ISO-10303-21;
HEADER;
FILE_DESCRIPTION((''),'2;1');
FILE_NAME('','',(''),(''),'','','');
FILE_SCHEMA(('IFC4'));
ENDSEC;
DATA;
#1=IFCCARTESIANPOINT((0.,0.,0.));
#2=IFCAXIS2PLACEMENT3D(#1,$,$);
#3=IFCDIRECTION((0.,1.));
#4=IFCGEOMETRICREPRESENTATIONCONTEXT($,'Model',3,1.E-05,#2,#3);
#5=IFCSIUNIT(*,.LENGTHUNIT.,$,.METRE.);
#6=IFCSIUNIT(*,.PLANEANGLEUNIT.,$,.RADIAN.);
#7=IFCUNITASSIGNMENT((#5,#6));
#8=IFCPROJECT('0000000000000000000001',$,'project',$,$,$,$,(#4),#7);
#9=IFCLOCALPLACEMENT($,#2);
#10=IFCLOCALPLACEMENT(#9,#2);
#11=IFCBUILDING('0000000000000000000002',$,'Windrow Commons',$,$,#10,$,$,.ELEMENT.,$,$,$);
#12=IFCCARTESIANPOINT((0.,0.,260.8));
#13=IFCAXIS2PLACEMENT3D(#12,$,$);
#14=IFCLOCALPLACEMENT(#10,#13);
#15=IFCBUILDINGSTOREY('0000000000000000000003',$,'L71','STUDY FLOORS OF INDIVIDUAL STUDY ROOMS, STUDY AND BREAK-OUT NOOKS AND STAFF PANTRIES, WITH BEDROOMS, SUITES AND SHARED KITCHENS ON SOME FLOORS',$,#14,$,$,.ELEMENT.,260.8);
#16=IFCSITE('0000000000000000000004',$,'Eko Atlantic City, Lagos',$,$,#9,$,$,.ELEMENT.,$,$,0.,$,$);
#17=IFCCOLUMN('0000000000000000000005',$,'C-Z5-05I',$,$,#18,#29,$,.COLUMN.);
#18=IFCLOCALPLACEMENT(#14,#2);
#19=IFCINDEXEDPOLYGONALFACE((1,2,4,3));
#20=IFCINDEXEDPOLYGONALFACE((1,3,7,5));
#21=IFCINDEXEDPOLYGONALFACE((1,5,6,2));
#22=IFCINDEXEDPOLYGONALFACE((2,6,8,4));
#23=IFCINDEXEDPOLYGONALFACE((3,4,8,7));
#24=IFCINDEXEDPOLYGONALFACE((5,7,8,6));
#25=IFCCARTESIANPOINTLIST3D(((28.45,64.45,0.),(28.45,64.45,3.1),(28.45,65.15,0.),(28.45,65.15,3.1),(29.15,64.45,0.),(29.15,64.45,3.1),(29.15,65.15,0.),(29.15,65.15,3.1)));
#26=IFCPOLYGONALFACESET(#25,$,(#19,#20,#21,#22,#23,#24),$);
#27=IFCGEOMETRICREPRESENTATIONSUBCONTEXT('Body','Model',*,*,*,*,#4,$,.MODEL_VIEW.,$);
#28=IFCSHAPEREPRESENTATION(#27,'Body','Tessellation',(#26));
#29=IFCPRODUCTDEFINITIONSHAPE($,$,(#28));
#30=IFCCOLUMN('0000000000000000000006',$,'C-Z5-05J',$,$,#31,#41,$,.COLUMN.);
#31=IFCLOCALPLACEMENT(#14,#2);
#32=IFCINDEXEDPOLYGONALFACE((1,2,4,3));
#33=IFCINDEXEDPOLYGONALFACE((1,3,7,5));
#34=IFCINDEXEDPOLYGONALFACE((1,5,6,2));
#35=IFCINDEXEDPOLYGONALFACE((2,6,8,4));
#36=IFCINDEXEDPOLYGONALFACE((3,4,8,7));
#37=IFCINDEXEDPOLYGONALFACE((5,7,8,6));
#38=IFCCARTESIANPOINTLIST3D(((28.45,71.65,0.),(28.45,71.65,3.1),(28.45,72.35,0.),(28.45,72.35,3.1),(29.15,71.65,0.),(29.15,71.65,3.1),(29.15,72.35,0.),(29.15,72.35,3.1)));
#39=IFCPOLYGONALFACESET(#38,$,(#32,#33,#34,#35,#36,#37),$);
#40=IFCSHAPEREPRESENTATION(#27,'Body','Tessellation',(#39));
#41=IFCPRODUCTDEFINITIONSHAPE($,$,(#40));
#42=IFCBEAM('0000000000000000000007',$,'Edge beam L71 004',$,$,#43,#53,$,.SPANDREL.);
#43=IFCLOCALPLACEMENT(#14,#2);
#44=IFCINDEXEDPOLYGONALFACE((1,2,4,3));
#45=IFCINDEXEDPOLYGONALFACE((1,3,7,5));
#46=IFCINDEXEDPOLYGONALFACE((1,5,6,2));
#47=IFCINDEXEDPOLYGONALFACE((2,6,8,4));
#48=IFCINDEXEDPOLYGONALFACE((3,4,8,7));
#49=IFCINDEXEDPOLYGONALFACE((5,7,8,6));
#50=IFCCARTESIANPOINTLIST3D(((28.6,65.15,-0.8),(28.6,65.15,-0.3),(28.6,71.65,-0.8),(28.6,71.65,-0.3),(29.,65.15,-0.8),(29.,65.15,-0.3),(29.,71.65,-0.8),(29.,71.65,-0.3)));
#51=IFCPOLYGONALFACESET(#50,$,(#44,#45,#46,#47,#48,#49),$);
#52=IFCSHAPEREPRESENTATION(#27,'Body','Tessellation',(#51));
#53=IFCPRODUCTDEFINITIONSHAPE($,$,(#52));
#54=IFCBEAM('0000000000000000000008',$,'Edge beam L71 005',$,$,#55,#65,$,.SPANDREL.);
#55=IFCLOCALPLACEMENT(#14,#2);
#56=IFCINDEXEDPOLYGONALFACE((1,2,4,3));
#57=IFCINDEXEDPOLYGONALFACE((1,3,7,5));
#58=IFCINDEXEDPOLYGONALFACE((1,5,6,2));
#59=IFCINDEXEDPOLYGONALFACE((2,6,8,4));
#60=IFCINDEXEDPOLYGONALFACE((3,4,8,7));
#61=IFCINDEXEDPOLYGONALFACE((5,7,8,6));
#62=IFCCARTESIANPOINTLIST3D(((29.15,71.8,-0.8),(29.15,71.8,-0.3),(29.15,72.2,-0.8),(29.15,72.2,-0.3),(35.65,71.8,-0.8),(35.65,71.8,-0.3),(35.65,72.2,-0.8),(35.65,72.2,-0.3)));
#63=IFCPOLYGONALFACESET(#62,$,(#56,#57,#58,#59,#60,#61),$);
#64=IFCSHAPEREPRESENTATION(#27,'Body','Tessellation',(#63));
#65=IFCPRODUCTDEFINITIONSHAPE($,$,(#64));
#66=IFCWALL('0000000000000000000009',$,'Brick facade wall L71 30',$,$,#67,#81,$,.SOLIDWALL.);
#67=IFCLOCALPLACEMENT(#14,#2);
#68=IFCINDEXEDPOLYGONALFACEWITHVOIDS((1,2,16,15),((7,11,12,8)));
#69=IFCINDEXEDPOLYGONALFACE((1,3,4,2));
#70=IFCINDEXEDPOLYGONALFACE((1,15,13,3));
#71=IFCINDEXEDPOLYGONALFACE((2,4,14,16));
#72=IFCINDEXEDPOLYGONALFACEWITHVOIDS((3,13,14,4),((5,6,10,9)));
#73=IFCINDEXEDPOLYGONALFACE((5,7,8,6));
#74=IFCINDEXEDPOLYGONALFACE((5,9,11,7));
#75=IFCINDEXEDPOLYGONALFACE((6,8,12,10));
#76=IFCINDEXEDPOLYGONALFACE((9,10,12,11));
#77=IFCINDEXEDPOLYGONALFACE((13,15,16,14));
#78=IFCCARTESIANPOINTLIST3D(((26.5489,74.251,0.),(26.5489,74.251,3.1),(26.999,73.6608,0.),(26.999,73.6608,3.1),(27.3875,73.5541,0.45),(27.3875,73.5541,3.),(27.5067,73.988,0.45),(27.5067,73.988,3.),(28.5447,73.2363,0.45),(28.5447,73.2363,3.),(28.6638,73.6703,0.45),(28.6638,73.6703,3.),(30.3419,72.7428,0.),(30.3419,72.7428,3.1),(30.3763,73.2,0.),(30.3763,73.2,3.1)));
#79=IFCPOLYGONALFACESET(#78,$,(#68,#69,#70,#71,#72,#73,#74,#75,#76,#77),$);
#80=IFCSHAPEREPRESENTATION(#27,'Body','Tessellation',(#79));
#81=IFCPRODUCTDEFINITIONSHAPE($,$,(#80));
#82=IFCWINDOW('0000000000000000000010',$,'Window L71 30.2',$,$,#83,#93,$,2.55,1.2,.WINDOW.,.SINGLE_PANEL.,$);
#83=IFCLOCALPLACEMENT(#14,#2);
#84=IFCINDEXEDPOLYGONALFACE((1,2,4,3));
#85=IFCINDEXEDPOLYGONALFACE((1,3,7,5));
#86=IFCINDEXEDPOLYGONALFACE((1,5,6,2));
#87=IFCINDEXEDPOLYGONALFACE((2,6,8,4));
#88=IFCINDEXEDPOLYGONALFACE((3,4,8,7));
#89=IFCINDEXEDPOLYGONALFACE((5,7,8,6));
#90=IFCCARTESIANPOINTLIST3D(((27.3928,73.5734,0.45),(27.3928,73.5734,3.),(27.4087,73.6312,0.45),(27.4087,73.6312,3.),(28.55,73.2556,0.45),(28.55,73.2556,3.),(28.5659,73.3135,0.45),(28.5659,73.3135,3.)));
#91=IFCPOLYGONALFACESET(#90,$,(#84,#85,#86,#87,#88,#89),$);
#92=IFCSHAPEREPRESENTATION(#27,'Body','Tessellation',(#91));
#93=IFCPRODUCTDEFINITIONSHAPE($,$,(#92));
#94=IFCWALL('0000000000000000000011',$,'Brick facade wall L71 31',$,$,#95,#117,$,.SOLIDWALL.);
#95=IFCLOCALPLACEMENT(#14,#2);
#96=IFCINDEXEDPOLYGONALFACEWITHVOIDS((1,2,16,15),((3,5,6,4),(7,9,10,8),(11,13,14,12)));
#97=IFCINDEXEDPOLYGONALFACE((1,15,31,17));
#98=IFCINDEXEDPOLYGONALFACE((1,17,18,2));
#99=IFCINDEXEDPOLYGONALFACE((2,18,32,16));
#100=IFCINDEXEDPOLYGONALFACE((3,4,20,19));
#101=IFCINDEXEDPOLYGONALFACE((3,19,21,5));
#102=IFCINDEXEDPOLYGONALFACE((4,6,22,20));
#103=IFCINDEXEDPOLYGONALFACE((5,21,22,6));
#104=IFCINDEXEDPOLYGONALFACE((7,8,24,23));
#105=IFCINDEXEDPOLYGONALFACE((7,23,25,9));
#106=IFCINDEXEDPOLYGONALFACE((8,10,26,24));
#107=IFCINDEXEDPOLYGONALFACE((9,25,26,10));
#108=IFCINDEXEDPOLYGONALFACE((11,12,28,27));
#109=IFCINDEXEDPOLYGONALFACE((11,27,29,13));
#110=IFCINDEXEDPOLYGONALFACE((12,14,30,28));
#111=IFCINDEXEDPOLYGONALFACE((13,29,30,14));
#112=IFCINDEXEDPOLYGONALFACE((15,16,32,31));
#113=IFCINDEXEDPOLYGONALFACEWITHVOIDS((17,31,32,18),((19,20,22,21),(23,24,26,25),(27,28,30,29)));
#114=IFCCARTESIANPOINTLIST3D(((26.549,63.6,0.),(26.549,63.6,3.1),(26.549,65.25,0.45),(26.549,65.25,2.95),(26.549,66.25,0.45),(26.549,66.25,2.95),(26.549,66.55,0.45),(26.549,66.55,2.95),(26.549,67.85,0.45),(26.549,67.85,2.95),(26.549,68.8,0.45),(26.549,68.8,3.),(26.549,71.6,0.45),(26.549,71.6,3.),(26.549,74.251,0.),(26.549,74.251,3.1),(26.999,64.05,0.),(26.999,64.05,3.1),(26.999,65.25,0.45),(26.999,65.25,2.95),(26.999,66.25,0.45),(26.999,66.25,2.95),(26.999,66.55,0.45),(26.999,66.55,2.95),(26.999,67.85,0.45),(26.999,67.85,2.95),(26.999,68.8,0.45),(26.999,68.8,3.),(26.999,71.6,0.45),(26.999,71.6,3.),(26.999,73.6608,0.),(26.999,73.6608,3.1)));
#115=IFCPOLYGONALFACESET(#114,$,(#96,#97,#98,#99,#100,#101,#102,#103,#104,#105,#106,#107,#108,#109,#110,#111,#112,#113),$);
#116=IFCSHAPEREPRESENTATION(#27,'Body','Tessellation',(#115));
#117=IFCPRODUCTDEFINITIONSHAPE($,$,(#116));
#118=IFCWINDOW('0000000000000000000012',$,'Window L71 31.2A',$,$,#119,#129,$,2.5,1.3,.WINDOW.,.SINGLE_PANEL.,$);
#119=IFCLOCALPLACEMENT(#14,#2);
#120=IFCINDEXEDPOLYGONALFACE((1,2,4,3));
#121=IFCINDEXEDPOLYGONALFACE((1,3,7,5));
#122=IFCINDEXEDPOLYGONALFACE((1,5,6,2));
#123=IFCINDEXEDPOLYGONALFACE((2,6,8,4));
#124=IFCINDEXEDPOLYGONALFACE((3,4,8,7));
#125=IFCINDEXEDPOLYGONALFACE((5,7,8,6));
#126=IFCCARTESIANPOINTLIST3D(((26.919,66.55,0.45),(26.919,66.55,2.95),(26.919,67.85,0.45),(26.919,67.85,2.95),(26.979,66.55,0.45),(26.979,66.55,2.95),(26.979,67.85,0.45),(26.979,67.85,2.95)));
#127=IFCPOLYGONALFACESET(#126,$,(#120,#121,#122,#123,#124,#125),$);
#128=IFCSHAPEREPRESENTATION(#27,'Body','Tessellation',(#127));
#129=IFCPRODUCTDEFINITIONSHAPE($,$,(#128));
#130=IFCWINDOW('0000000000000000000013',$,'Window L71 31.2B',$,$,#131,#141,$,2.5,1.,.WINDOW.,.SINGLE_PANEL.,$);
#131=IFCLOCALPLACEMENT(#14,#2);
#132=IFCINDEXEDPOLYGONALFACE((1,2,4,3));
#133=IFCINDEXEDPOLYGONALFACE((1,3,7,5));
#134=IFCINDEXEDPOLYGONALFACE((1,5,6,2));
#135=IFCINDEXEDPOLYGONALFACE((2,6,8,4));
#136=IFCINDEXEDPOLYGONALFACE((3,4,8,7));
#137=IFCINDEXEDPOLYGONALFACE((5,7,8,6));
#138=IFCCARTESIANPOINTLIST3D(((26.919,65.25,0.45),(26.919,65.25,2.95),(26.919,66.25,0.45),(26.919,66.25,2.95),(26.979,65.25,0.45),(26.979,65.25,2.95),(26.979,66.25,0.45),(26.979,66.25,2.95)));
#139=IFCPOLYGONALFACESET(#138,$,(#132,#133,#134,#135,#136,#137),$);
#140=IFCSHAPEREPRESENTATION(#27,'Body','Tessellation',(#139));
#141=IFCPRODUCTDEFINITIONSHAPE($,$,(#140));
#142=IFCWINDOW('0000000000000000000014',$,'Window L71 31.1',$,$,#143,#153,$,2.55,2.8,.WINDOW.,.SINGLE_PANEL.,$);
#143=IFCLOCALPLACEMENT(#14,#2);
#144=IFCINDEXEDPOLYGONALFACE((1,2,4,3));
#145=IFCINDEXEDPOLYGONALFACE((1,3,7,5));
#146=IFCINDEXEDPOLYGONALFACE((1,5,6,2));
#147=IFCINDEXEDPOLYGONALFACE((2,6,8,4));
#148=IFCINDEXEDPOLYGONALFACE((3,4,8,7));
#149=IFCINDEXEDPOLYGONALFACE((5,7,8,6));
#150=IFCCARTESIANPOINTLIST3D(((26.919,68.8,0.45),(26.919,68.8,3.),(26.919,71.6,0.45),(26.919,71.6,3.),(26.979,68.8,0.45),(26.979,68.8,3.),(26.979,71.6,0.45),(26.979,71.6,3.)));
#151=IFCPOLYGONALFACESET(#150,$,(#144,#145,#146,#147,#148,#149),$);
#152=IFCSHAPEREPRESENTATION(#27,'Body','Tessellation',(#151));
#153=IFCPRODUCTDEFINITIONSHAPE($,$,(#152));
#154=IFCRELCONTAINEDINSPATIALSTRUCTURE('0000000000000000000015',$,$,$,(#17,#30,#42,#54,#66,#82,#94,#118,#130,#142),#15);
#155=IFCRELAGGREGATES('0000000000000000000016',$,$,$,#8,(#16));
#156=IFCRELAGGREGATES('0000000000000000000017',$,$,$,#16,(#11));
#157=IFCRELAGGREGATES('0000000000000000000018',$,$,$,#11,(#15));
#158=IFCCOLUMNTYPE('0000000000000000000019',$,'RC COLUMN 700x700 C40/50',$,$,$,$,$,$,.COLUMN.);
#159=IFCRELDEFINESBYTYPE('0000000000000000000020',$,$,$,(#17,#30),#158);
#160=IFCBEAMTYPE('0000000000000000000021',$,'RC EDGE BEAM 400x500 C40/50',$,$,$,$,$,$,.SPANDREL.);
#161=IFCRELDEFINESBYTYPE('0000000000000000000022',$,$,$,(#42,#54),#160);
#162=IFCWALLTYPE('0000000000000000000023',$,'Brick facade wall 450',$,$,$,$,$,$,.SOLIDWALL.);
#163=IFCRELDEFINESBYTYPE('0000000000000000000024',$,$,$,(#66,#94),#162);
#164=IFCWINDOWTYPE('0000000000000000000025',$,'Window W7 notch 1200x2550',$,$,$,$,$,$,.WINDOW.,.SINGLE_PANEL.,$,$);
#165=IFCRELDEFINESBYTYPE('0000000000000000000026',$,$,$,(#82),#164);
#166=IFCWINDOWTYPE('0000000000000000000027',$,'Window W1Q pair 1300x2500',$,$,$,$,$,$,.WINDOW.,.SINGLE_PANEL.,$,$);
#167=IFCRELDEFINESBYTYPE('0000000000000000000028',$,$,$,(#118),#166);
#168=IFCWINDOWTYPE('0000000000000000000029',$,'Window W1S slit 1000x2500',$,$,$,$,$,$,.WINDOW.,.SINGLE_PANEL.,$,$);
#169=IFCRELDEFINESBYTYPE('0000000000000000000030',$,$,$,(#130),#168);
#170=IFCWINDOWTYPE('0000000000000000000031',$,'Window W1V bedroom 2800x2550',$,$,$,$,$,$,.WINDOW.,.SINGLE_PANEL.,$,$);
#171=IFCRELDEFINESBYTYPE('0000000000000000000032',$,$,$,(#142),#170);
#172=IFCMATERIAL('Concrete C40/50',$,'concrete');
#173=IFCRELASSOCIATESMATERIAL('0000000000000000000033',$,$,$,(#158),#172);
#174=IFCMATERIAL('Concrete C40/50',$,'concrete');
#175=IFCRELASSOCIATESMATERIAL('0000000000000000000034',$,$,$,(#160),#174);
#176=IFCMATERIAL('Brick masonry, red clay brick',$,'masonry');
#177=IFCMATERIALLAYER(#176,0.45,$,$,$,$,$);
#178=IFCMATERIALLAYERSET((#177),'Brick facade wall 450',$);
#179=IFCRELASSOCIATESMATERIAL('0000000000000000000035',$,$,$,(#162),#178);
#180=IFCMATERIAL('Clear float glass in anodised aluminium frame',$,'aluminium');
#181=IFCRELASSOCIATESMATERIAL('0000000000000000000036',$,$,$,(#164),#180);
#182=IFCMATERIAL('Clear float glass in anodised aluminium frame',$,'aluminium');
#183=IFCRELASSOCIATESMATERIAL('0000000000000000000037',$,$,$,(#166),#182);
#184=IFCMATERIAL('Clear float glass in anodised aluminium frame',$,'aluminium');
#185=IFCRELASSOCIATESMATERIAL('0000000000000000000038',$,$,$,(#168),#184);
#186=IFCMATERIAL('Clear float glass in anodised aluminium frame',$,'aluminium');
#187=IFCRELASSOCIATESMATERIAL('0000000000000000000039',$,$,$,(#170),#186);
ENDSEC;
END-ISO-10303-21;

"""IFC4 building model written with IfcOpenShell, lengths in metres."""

from ifc_helpers import new_model, si_unit, direction, frame, frame_2d, origin, origin_2d, place, context, subcontext, project, spatial, polyline, rectangle, outline, extrude, material, layer, layer_set, material_profile, profile_set, type_object, element, fill, save


model = new_model("IFC4")

# Units and contexts
model_context = context("Model", 3, precision=1e-05, world=origin(), true_north=direction((0.0, 1.0)))
body_context = subcontext(model_context, "Body", "Model", "MODEL_VIEW")
ifc_project = project(units=[si_unit("LENGTHUNIT", "METRE"), si_unit("PLANEANGLEUNIT", "RADIAN")], contexts=[model_context])

# Site, building, storey
site_placement = place(None, origin())
site = spatial("IfcSite", under=ifc_project, at=site_placement, Name="Eko Atlantic City, Lagos", CompositionType="ELEMENT", RefElevation=0.0)
building_placement = place(site_placement, origin())
building = spatial("IfcBuilding", under=site, at=building_placement, Name="Windrow Commons", CompositionType="ELEMENT")
storey_placement = place(building_placement, frame((0.0, 0.0, 260.8)))
storey = spatial("IfcBuildingStorey", under=building, at=storey_placement, Name="L71", Description="STUDY FLOORS OF INDIVIDUAL STUDY ROOMS, STUDY AND BREAK-OUT NOOKS AND STAFF PANTRIES, WITH BEDROOMS, SUITES AND SHARED KITCHENS ON SOME FLOORS", CompositionType="ELEMENT", Elevation=260.8)

# Columns
ifc_material_1 = material(Name="Concrete C40/50", Category="concrete")
ifc_material_profile_1 = material_profile(ifc_material_1, rectangle(XDim=0.7, YDim=0.7, at=origin_2d()))
ifc_profile_set_1 = profile_set([ifc_material_profile_1], Name="Concrete C40/50")
column_type = type_object("IfcColumnType", Name="RC COLUMN 700x700 C40/50", PredefinedType="COLUMN", material=ifc_profile_set_1)
for number, where, z_axis, x_axis, name in (
    (1, (28.8, 64.8, 0.0), (0.0, 0.0, 1.0), (1.0, 0.0, 0.0), "C-Z5-05I"),
    (2, (28.8, 72.0, 0.0), (0.0, 0.0, 1.0), (1.0, 0.0, 0.0), "C-Z5-05J"),
):
    element("IfcColumn", number, at=place(storey_placement, frame(where, z_axis=z_axis, x_axis=x_axis)), inside=storey, type_object=column_type, Name=name, PredefinedType="COLUMN", context=body_context, shape_type="SweptSolid", body=[
        extrude(rectangle(XDim=0.7, YDim=0.7, at=origin_2d()), origin(), (0.0, 0.0, 1.0), 3.1),
    ])

# Beams
ifc_material_2 = material(Name="Concrete C40/50", Category="concrete")
ifc_material_profile_2 = material_profile(ifc_material_2, rectangle(XDim=0.4, YDim=0.5, at=origin_2d()))
ifc_profile_set_2 = profile_set([ifc_material_profile_2], Name="Concrete C40/50")
beam_type = type_object("IfcBeamType", Name="RC EDGE BEAM 400x500 C40/50", PredefinedType="SPANDREL", material=ifc_profile_set_2)
for number, where, z_axis, x_axis, name in (
    (3, (28.8, 65.15, -0.55), (0.0, 1.0, 0.0), (-1.0, 0.0, 0.0), "Edge beam L71 004"),
    (4, (29.15, 72.0, -0.55), (1.0, 0.0, 0.0), (0.0, 1.0, 0.0), "Edge beam L71 005"),
):
    element("IfcBeam", number, at=place(storey_placement, frame(where, z_axis=z_axis, x_axis=x_axis)), inside=storey, type_object=beam_type, Name=name, PredefinedType="SPANDREL", context=body_context, shape_type="SweptSolid", body=[
        extrude(rectangle(XDim=0.4, YDim=0.5, at=origin_2d()), origin(), (0.0, 0.0, 1.0), 6.5),
    ])

# Wall, opening, window
ifc_material_3 = material(Name="Brick masonry, red clay brick", Category="masonry")
ifc_layer_1 = layer(ifc_material_3, 0.45)
ifc_layer_set_1 = layer_set([ifc_layer_1], Name="Brick facade wall 450")
wall_type_1 = type_object("IfcWallType", Name="Brick facade wall 450", PredefinedType="SOLIDWALL", material=ifc_layer_set_1)
wall_1_placement = place(storey_placement, frame((30.3591, 72.9714, 0.0), z_axis=(0.0, 0.0, 1.0), x_axis=(-0.964302, 0.264806, 0.0)))
wall_1 = element("IfcWall", 5, at=wall_1_placement, inside=storey, type_object=wall_type_1, Name="Brick facade wall L71 30", PredefinedType="SOLIDWALL", context=body_context, shape_type="SweptSolid", body=[
    extrude(outline(polyline([(0.0439, -0.225), (4.013, -0.225), (3.4227, 0.225), (-0.0439, 0.225), (0.0439, -0.225)])), origin(), (0.0, 0.0, 1.0), 3.1),
])
opening_1_placement = place(wall_1_placement, frame((1.8198, 0.0, 0.45)))
opening_1 = element("IfcOpeningElement", 6, at=opening_1_placement, cuts=wall_1, PredefinedType="OPENING", context=body_context, shape_type="SweptSolid", body=[
    extrude(rectangle(XDim=1.2, YDim=2.55, at=frame_2d((0.6, 1.275))), frame((0.0, 0.235, 0.0), z_axis=(0.0, -1.0, 0.0), x_axis=(1.0, 0.0, 0.0)), (0.0, 0.0, 1.0), 0.47),
])
ifc_material_4 = material(Name="Clear float glass in anodised aluminium frame", Category="aluminium")
window_type_1 = type_object("IfcWindowType", Name="Window W7 notch 1200x2550", PartitioningType="SINGLE_PANEL", PredefinedType="WINDOW", material=ifc_material_4)
window_1_placement = place(opening_1_placement, origin())
window_1 = element("IfcWindow", 7, at=window_1_placement, inside=storey, type_object=window_type_1, Name="Window L71 30.2", OverallHeight=2.55, OverallWidth=1.2, PartitioningType="SINGLE_PANEL", PredefinedType="WINDOW", context=body_context, shape_type="SweptSolid", body=[
    extrude(rectangle(XDim=1.2, YDim=2.55, at=frame_2d((0.6, 1.275))), frame((0.0, 0.205, 0.0), z_axis=(0.0, -1.0, 0.0), x_axis=(1.0, 0.0, 0.0)), (0.0, 0.0, 1.0), 0.06),
])
fill(opening_1, window_1)

# Wall, openings, windows
wall_2_placement = place(storey_placement, frame((26.774, 73.9559, 0.0), z_axis=(0.0, 0.0, 1.0), x_axis=(0.0, -1.0, 0.0)))
wall_2 = element("IfcWall", 8, at=wall_2_placement, inside=storey, type_object=wall_type_1, Name="Brick facade wall L71 31", PredefinedType="SOLIDWALL", context=body_context, shape_type="SweptSolid", body=[
    extrude(outline(polyline([(-0.2951, -0.225), (10.3559, -0.225), (9.9059, 0.225), (0.2951, 0.225), (-0.2951, -0.225)])), origin(), (0.0, 0.0, 1.0), 3.1),
])
opening_2_placement = place(wall_2_placement, frame((2.3559, 0.0, 0.45)))
opening_2 = element("IfcOpeningElement", 9, at=opening_2_placement, cuts=wall_2, PredefinedType="OPENING", context=body_context, shape_type="SweptSolid", body=[
    extrude(rectangle(XDim=2.8, YDim=2.55, at=frame_2d((1.4, 1.275))), frame((0.0, 0.235, 0.0), z_axis=(0.0, -1.0, 0.0), x_axis=(1.0, 0.0, 0.0)), (0.0, 0.0, 1.0), 0.47),
])
opening_3_placement = place(wall_2_placement, frame((6.1059, 0.0, 0.45)))
opening_3 = element("IfcOpeningElement", 10, at=opening_3_placement, cuts=wall_2, PredefinedType="OPENING", context=body_context, shape_type="SweptSolid", body=[
    extrude(rectangle(XDim=1.3, YDim=2.5, at=frame_2d((0.65, 1.25))), frame((0.0, 0.235, 0.0), z_axis=(0.0, -1.0, 0.0), x_axis=(1.0, 0.0, 0.0)), (0.0, 0.0, 1.0), 0.47),
])
opening_4_placement = place(wall_2_placement, frame((7.7059, 0.0, 0.45)))
opening_4 = element("IfcOpeningElement", 11, at=opening_4_placement, cuts=wall_2, PredefinedType="OPENING", context=body_context, shape_type="SweptSolid", body=[
    extrude(rectangle(XDim=1.0, YDim=2.5, at=frame_2d((0.5, 1.25))), frame((0.0, 0.235, 0.0), z_axis=(0.0, -1.0, 0.0), x_axis=(1.0, 0.0, 0.0)), (0.0, 0.0, 1.0), 0.47),
])
ifc_material_5 = material(Name="Clear float glass in anodised aluminium frame", Category="aluminium")
window_type_2 = type_object("IfcWindowType", Name="Window W1Q pair 1300x2500", PartitioningType="SINGLE_PANEL", PredefinedType="WINDOW", material=ifc_material_5)
window_2_placement = place(opening_3_placement, origin())
window_2 = element("IfcWindow", 12, at=window_2_placement, inside=storey, type_object=window_type_2, Name="Window L71 31.2A", OverallHeight=2.5, OverallWidth=1.3, PartitioningType="SINGLE_PANEL", PredefinedType="WINDOW", context=body_context, shape_type="SweptSolid", body=[
    extrude(rectangle(XDim=1.3, YDim=2.5, at=frame_2d((0.65, 1.25))), frame((0.0, 0.205, 0.0), z_axis=(0.0, -1.0, 0.0), x_axis=(1.0, 0.0, 0.0)), (0.0, 0.0, 1.0), 0.06),
])
fill(opening_3, window_2)
ifc_material_6 = material(Name="Clear float glass in anodised aluminium frame", Category="aluminium")
window_type_3 = type_object("IfcWindowType", Name="Window W1S slit 1000x2500", PartitioningType="SINGLE_PANEL", PredefinedType="WINDOW", material=ifc_material_6)
window_3_placement = place(opening_4_placement, origin())
window_3 = element("IfcWindow", 13, at=window_3_placement, inside=storey, type_object=window_type_3, Name="Window L71 31.2B", OverallHeight=2.5, OverallWidth=1.0, PartitioningType="SINGLE_PANEL", PredefinedType="WINDOW", context=body_context, shape_type="SweptSolid", body=[
    extrude(rectangle(XDim=1.0, YDim=2.5, at=frame_2d((0.5, 1.25))), frame((0.0, 0.205, 0.0), z_axis=(0.0, -1.0, 0.0), x_axis=(1.0, 0.0, 0.0)), (0.0, 0.0, 1.0), 0.06),
])
fill(opening_4, window_3)
ifc_material_7 = material(Name="Clear float glass in anodised aluminium frame", Category="aluminium")
window_type_4 = type_object("IfcWindowType", Name="Window W1V bedroom 2800x2550", PartitioningType="SINGLE_PANEL", PredefinedType="WINDOW", material=ifc_material_7)
window_4_placement = place(opening_2_placement, origin())
window_4 = element("IfcWindow", 14, at=window_4_placement, inside=storey, type_object=window_type_4, Name="Window L71 31.1", OverallHeight=2.55, OverallWidth=2.8, PartitioningType="SINGLE_PANEL", PredefinedType="WINDOW", context=body_context, shape_type="SweptSolid", body=[
    extrude(rectangle(XDim=2.8, YDim=2.55, at=frame_2d((1.4, 1.275))), frame((0.0, 0.205, 0.0), z_axis=(0.0, -1.0, 0.0), x_axis=(1.0, 0.0, 0.0)), (0.0, 0.0, 1.0), 0.06),
])
fill(opening_2, window_4)

save(model, "model.ifc")
